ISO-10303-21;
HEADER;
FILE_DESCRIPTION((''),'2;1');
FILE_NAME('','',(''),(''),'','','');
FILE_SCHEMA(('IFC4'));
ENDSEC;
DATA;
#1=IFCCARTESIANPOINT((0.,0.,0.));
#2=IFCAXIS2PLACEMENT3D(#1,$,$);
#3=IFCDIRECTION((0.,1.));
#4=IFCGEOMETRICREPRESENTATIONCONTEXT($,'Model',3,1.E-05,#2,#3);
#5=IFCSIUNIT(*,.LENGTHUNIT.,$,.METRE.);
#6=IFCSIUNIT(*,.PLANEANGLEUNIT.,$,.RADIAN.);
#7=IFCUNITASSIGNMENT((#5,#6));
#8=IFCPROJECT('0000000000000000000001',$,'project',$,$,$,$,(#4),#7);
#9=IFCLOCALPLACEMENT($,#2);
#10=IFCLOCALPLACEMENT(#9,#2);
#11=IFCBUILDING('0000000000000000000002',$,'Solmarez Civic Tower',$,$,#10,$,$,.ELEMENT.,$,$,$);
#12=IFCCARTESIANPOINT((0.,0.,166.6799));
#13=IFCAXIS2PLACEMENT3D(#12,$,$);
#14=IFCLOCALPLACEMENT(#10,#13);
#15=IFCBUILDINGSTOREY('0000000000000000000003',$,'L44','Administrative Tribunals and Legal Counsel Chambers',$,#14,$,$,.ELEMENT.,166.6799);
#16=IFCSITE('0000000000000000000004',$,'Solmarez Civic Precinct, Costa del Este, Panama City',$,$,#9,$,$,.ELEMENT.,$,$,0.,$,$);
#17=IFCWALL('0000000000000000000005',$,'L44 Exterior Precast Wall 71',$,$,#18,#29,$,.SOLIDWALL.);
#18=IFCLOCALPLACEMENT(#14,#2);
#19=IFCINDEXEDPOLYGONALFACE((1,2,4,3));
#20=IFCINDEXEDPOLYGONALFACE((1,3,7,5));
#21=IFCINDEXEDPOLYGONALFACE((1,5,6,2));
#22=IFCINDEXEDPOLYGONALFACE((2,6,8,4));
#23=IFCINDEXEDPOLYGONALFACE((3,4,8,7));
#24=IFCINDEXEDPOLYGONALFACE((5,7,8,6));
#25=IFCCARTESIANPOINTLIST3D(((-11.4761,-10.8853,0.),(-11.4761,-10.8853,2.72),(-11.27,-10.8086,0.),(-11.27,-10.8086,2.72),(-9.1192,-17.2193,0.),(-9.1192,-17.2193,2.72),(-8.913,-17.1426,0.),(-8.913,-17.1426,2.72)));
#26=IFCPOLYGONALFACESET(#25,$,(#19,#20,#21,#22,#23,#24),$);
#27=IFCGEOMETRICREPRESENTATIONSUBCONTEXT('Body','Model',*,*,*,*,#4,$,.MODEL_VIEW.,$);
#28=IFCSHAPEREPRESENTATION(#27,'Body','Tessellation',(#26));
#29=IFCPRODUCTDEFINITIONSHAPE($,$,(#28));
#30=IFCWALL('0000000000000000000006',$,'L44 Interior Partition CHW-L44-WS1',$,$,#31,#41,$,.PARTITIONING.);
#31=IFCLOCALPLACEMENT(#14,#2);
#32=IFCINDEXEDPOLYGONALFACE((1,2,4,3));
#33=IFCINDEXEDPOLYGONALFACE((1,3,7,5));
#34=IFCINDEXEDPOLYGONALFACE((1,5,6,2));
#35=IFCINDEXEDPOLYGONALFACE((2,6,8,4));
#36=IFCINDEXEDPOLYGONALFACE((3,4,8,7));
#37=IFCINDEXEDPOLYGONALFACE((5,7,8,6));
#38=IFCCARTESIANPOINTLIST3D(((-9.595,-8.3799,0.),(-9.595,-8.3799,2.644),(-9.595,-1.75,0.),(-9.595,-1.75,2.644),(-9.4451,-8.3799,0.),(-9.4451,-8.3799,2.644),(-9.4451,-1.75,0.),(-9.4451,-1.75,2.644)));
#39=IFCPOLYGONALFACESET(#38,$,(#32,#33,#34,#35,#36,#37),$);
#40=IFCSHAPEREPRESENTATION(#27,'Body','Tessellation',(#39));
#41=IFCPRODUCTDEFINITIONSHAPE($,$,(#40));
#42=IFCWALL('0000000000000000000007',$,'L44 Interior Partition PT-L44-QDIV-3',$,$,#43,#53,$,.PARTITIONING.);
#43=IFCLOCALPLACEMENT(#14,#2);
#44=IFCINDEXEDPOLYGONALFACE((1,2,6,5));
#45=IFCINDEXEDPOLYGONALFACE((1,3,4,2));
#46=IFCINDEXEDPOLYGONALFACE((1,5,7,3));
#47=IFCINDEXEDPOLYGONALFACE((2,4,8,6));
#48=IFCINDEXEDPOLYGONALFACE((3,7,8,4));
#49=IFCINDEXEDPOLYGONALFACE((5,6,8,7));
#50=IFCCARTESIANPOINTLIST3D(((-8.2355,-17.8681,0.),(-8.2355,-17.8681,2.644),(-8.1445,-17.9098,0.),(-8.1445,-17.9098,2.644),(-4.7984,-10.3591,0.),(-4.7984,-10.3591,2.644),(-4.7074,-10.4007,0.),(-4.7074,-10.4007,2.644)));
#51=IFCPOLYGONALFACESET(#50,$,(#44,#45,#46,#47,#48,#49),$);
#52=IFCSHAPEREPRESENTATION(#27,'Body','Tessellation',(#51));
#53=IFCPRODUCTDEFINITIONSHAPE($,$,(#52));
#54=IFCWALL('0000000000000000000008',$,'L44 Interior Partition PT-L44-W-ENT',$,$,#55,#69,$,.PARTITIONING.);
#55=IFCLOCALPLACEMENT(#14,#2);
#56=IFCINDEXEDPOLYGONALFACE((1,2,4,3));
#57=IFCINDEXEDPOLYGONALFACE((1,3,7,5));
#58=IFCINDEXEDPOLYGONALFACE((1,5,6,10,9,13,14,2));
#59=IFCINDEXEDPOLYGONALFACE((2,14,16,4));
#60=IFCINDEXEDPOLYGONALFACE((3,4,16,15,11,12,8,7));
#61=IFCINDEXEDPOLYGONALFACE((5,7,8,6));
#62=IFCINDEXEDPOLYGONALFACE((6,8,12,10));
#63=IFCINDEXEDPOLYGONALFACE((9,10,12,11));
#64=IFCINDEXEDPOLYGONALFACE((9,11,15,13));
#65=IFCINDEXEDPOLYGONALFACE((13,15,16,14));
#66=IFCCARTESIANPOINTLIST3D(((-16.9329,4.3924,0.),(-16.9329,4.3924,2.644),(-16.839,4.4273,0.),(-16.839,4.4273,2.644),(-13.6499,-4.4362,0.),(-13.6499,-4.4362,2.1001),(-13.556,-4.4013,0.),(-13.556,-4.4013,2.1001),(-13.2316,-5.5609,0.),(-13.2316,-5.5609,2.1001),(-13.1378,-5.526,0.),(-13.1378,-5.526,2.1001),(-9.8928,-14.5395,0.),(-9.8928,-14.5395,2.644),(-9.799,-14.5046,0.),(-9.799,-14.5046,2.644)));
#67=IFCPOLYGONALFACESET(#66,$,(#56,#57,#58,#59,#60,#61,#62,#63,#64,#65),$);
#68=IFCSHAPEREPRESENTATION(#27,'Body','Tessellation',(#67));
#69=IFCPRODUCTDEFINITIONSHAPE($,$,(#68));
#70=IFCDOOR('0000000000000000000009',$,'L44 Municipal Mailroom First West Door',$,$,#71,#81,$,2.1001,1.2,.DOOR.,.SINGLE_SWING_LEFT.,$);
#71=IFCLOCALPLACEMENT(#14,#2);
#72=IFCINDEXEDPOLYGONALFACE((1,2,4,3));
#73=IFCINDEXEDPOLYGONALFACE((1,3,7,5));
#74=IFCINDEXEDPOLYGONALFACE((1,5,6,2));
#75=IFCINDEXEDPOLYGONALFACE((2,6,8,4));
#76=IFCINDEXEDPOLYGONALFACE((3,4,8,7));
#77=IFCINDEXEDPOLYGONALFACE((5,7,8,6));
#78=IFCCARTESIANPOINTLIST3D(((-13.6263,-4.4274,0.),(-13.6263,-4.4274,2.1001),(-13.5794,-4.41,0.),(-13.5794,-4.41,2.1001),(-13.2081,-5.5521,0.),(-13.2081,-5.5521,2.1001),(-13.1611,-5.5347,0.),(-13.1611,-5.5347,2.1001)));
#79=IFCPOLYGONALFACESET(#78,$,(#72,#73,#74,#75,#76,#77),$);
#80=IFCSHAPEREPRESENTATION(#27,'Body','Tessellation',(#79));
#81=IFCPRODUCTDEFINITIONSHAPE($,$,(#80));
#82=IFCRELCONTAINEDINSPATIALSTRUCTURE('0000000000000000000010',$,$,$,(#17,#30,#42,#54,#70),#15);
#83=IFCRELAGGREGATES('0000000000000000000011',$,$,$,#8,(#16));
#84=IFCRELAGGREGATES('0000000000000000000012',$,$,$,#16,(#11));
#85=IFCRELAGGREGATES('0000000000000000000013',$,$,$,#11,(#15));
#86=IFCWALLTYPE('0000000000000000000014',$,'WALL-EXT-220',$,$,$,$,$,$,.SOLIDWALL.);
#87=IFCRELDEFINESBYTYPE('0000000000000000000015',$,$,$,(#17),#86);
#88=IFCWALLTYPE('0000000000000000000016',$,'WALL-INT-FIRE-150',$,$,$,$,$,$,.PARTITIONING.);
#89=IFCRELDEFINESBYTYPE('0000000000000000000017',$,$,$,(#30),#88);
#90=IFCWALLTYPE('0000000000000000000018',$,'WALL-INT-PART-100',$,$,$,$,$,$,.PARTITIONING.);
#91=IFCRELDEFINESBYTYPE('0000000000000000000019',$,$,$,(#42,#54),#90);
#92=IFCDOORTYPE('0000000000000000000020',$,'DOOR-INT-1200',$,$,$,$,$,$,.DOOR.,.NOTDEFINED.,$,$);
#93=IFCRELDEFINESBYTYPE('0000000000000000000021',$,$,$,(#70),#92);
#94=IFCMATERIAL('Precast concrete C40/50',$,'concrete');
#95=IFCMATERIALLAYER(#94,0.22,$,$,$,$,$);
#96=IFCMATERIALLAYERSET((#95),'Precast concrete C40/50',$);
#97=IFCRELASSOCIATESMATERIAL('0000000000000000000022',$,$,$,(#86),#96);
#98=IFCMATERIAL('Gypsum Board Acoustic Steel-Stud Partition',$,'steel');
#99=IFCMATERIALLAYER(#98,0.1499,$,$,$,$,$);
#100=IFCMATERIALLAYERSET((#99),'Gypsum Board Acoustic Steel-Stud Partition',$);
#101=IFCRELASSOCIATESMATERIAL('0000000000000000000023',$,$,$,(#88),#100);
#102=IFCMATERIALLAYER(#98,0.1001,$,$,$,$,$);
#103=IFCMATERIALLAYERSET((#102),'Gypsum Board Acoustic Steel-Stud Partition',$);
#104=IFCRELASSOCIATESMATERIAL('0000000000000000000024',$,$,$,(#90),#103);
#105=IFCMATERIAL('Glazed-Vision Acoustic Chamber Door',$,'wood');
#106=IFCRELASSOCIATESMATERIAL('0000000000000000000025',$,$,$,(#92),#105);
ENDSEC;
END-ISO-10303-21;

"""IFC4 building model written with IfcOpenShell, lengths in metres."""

from ifc_helpers import new_model, si_unit, direction, frame, frame_2d, origin, place, context, subcontext, project, spatial, rectangle, extrude, material, layer, layer_set, type_object, element, fill, save


model = new_model("IFC4")

# Units and contexts
model_context = context("Model", 3, precision=1e-05, world=origin(), true_north=direction((0.0, 1.0)))
body_context = subcontext(model_context, "Body", "Model", "MODEL_VIEW")
ifc_project = project(units=[si_unit("LENGTHUNIT", "METRE"), si_unit("PLANEANGLEUNIT", "RADIAN")], contexts=[model_context])

# Site, building, storey
site_placement = place(None, origin())
site = spatial("IfcSite", under=ifc_project, at=site_placement, Name="Solmarez Civic Precinct, Costa del Este, Panama City", CompositionType="ELEMENT", RefElevation=0.0)
building_placement = place(site_placement, origin())
building = spatial("IfcBuilding", under=site, at=building_placement, Name="Solmarez Civic Tower", CompositionType="ELEMENT")
storey_placement = place(building_placement, frame((0.0, 0.0, 166.6799)))
storey = spatial("IfcBuildingStorey", under=building, at=storey_placement, Name="L44", Description="Administrative Tribunals and Legal Counsel Chambers", CompositionType="ELEMENT", Elevation=166.6799)

# Shared definitions
ifc_material_1 = material(Name="Precast concrete C40/50", Category="concrete")
ifc_layer_1 = layer(ifc_material_1, 0.22)
ifc_layer_set_1 = layer_set([ifc_layer_1], Name="Precast concrete C40/50")
wall_type_1 = type_object("IfcWallType", Name="WALL-EXT-220", PredefinedType="SOLIDWALL", material=ifc_layer_set_1)

# Walls
wall_1_placement = place(storey_placement, frame((-9.0161, -17.1809, 0.0), z_axis=(0.0, 0.0, 1.0), x_axis=(-0.348747, 0.937217, 0.0)))
element("IfcWall", 1, at=wall_1_placement, inside=storey, type_object=wall_type_1, Name="L44 Exterior Precast Wall 71", PredefinedType="SOLIDWALL", context=body_context, shape_type="SweptSolid", body=[
    extrude(rectangle(XDim=6.7583, YDim=0.22, at=frame_2d((3.3792, 0.0))), origin(), (0.0, 0.0, 1.0), 2.72),
])
ifc_material_2 = material(Name="Gypsum Board Acoustic Steel-Stud Partition", Category="steel")
ifc_layer_2 = layer(ifc_material_2, 0.1499)
ifc_layer_set_2 = layer_set([ifc_layer_2], Name="Gypsum Board Acoustic Steel-Stud Partition")
wall_type_2 = type_object("IfcWallType", Name="WALL-INT-FIRE-150", PredefinedType="PARTITIONING", material=ifc_layer_set_2)
wall_2_placement = place(storey_placement, frame((-9.52, -8.3799, 0.0), z_axis=(0.0, 0.0, 1.0), x_axis=(0.0, 1.0, 0.0)))
element("IfcWall", 2, at=wall_2_placement, inside=storey, type_object=wall_type_2, Name="L44 Interior Partition CHW-L44-WS1", PredefinedType="PARTITIONING", context=body_context, shape_type="SweptSolid", body=[
    extrude(rectangle(XDim=6.6299, YDim=0.1499, at=frame_2d((3.3149, 0.0))), origin(), (0.0, 0.0, 1.0), 2.644),
])
ifc_layer_3 = layer(ifc_material_2, 0.1001)
ifc_layer_set_3 = layer_set([ifc_layer_3], Name="Gypsum Board Acoustic Steel-Stud Partition")
wall_type_3 = type_object("IfcWallType", Name="WALL-INT-PART-100", PredefinedType="PARTITIONING", material=ifc_layer_set_3)
wall_3_placement = place(storey_placement, frame((-4.7529, -10.3799, 0.0), z_axis=(0.0, 0.0, 1.0), x_axis=(-0.416191, -0.909277, 0.0)))
element("IfcWall", 3, at=wall_3_placement, inside=storey, type_object=wall_type_3, Name="L44 Interior Partition PT-L44-QDIV-3", PredefinedType="PARTITIONING", context=body_context, shape_type="SweptSolid", body=[
    extrude(rectangle(XDim=8.2583, YDim=0.1001, at=frame_2d((4.1292, 0.0))), origin(), (0.0, 0.0, 1.0), 2.644),
])

# Wall, opening, door
wall_4_placement = place(storey_placement, frame((-9.8459, -14.522, 0.0), z_axis=(0.0, 0.0, 1.0), x_axis=(-0.348543, 0.937293, 0.0)))
wall_4 = element("IfcWall", 4, at=wall_4_placement, inside=storey, type_object=wall_type_3, Name="L44 Interior Partition PT-L44-W-ENT", PredefinedType="PARTITIONING", context=body_context, shape_type="SweptSolid", body=[
    extrude(rectangle(XDim=20.1985, YDim=0.1001, at=frame_2d((10.0991, 0.0))), origin(), (0.0, 0.0, 1.0), 2.644),
])
opening_1_placement = place(wall_4_placement, frame((9.5791, 0.0, 0.0)))
opening_1 = element("IfcOpeningElement", 5, at=opening_1_placement, cuts=wall_4, PredefinedType="OPENING", context=body_context, shape_type="SweptSolid", body=[
    extrude(rectangle(XDim=1.2, YDim=2.1001, at=frame_2d((0.6001, 1.05))), frame((0.0, 0.0601, 0.0), z_axis=(0.0, -1.0, 0.0), x_axis=(1.0, 0.0, 0.0)), (0.0, 0.0, 1.0), 0.1201),
])
ifc_material_3 = material(Name="Glazed-Vision Acoustic Chamber Door", Category="wood")
door_type_1 = type_object("IfcDoorType", Name="DOOR-INT-1200", OperationType="NOTDEFINED", PredefinedType="DOOR", material=ifc_material_3)
door_1_placement = place(opening_1_placement, origin())
door_1 = element("IfcDoor", 6, at=door_1_placement, inside=storey, type_object=door_type_1, Name="L44 Municipal Mailroom First West Door", OperationType="SINGLE_SWING_LEFT", OverallHeight=2.1001, OverallWidth=1.2, PredefinedType="DOOR", context=body_context, shape_type="SweptSolid", body=[
    extrude(rectangle(XDim=1.2, YDim=2.1001, at=frame_2d((0.6001, 1.05))), frame((0.0, 0.0249, 0.0), z_axis=(0.0, -1.0, 0.0), x_axis=(1.0, 0.0, 0.0)), (0.0, 0.0, 1.0), 0.05),
])
fill(opening_1, door_1)

save(model, "model.ifc")
